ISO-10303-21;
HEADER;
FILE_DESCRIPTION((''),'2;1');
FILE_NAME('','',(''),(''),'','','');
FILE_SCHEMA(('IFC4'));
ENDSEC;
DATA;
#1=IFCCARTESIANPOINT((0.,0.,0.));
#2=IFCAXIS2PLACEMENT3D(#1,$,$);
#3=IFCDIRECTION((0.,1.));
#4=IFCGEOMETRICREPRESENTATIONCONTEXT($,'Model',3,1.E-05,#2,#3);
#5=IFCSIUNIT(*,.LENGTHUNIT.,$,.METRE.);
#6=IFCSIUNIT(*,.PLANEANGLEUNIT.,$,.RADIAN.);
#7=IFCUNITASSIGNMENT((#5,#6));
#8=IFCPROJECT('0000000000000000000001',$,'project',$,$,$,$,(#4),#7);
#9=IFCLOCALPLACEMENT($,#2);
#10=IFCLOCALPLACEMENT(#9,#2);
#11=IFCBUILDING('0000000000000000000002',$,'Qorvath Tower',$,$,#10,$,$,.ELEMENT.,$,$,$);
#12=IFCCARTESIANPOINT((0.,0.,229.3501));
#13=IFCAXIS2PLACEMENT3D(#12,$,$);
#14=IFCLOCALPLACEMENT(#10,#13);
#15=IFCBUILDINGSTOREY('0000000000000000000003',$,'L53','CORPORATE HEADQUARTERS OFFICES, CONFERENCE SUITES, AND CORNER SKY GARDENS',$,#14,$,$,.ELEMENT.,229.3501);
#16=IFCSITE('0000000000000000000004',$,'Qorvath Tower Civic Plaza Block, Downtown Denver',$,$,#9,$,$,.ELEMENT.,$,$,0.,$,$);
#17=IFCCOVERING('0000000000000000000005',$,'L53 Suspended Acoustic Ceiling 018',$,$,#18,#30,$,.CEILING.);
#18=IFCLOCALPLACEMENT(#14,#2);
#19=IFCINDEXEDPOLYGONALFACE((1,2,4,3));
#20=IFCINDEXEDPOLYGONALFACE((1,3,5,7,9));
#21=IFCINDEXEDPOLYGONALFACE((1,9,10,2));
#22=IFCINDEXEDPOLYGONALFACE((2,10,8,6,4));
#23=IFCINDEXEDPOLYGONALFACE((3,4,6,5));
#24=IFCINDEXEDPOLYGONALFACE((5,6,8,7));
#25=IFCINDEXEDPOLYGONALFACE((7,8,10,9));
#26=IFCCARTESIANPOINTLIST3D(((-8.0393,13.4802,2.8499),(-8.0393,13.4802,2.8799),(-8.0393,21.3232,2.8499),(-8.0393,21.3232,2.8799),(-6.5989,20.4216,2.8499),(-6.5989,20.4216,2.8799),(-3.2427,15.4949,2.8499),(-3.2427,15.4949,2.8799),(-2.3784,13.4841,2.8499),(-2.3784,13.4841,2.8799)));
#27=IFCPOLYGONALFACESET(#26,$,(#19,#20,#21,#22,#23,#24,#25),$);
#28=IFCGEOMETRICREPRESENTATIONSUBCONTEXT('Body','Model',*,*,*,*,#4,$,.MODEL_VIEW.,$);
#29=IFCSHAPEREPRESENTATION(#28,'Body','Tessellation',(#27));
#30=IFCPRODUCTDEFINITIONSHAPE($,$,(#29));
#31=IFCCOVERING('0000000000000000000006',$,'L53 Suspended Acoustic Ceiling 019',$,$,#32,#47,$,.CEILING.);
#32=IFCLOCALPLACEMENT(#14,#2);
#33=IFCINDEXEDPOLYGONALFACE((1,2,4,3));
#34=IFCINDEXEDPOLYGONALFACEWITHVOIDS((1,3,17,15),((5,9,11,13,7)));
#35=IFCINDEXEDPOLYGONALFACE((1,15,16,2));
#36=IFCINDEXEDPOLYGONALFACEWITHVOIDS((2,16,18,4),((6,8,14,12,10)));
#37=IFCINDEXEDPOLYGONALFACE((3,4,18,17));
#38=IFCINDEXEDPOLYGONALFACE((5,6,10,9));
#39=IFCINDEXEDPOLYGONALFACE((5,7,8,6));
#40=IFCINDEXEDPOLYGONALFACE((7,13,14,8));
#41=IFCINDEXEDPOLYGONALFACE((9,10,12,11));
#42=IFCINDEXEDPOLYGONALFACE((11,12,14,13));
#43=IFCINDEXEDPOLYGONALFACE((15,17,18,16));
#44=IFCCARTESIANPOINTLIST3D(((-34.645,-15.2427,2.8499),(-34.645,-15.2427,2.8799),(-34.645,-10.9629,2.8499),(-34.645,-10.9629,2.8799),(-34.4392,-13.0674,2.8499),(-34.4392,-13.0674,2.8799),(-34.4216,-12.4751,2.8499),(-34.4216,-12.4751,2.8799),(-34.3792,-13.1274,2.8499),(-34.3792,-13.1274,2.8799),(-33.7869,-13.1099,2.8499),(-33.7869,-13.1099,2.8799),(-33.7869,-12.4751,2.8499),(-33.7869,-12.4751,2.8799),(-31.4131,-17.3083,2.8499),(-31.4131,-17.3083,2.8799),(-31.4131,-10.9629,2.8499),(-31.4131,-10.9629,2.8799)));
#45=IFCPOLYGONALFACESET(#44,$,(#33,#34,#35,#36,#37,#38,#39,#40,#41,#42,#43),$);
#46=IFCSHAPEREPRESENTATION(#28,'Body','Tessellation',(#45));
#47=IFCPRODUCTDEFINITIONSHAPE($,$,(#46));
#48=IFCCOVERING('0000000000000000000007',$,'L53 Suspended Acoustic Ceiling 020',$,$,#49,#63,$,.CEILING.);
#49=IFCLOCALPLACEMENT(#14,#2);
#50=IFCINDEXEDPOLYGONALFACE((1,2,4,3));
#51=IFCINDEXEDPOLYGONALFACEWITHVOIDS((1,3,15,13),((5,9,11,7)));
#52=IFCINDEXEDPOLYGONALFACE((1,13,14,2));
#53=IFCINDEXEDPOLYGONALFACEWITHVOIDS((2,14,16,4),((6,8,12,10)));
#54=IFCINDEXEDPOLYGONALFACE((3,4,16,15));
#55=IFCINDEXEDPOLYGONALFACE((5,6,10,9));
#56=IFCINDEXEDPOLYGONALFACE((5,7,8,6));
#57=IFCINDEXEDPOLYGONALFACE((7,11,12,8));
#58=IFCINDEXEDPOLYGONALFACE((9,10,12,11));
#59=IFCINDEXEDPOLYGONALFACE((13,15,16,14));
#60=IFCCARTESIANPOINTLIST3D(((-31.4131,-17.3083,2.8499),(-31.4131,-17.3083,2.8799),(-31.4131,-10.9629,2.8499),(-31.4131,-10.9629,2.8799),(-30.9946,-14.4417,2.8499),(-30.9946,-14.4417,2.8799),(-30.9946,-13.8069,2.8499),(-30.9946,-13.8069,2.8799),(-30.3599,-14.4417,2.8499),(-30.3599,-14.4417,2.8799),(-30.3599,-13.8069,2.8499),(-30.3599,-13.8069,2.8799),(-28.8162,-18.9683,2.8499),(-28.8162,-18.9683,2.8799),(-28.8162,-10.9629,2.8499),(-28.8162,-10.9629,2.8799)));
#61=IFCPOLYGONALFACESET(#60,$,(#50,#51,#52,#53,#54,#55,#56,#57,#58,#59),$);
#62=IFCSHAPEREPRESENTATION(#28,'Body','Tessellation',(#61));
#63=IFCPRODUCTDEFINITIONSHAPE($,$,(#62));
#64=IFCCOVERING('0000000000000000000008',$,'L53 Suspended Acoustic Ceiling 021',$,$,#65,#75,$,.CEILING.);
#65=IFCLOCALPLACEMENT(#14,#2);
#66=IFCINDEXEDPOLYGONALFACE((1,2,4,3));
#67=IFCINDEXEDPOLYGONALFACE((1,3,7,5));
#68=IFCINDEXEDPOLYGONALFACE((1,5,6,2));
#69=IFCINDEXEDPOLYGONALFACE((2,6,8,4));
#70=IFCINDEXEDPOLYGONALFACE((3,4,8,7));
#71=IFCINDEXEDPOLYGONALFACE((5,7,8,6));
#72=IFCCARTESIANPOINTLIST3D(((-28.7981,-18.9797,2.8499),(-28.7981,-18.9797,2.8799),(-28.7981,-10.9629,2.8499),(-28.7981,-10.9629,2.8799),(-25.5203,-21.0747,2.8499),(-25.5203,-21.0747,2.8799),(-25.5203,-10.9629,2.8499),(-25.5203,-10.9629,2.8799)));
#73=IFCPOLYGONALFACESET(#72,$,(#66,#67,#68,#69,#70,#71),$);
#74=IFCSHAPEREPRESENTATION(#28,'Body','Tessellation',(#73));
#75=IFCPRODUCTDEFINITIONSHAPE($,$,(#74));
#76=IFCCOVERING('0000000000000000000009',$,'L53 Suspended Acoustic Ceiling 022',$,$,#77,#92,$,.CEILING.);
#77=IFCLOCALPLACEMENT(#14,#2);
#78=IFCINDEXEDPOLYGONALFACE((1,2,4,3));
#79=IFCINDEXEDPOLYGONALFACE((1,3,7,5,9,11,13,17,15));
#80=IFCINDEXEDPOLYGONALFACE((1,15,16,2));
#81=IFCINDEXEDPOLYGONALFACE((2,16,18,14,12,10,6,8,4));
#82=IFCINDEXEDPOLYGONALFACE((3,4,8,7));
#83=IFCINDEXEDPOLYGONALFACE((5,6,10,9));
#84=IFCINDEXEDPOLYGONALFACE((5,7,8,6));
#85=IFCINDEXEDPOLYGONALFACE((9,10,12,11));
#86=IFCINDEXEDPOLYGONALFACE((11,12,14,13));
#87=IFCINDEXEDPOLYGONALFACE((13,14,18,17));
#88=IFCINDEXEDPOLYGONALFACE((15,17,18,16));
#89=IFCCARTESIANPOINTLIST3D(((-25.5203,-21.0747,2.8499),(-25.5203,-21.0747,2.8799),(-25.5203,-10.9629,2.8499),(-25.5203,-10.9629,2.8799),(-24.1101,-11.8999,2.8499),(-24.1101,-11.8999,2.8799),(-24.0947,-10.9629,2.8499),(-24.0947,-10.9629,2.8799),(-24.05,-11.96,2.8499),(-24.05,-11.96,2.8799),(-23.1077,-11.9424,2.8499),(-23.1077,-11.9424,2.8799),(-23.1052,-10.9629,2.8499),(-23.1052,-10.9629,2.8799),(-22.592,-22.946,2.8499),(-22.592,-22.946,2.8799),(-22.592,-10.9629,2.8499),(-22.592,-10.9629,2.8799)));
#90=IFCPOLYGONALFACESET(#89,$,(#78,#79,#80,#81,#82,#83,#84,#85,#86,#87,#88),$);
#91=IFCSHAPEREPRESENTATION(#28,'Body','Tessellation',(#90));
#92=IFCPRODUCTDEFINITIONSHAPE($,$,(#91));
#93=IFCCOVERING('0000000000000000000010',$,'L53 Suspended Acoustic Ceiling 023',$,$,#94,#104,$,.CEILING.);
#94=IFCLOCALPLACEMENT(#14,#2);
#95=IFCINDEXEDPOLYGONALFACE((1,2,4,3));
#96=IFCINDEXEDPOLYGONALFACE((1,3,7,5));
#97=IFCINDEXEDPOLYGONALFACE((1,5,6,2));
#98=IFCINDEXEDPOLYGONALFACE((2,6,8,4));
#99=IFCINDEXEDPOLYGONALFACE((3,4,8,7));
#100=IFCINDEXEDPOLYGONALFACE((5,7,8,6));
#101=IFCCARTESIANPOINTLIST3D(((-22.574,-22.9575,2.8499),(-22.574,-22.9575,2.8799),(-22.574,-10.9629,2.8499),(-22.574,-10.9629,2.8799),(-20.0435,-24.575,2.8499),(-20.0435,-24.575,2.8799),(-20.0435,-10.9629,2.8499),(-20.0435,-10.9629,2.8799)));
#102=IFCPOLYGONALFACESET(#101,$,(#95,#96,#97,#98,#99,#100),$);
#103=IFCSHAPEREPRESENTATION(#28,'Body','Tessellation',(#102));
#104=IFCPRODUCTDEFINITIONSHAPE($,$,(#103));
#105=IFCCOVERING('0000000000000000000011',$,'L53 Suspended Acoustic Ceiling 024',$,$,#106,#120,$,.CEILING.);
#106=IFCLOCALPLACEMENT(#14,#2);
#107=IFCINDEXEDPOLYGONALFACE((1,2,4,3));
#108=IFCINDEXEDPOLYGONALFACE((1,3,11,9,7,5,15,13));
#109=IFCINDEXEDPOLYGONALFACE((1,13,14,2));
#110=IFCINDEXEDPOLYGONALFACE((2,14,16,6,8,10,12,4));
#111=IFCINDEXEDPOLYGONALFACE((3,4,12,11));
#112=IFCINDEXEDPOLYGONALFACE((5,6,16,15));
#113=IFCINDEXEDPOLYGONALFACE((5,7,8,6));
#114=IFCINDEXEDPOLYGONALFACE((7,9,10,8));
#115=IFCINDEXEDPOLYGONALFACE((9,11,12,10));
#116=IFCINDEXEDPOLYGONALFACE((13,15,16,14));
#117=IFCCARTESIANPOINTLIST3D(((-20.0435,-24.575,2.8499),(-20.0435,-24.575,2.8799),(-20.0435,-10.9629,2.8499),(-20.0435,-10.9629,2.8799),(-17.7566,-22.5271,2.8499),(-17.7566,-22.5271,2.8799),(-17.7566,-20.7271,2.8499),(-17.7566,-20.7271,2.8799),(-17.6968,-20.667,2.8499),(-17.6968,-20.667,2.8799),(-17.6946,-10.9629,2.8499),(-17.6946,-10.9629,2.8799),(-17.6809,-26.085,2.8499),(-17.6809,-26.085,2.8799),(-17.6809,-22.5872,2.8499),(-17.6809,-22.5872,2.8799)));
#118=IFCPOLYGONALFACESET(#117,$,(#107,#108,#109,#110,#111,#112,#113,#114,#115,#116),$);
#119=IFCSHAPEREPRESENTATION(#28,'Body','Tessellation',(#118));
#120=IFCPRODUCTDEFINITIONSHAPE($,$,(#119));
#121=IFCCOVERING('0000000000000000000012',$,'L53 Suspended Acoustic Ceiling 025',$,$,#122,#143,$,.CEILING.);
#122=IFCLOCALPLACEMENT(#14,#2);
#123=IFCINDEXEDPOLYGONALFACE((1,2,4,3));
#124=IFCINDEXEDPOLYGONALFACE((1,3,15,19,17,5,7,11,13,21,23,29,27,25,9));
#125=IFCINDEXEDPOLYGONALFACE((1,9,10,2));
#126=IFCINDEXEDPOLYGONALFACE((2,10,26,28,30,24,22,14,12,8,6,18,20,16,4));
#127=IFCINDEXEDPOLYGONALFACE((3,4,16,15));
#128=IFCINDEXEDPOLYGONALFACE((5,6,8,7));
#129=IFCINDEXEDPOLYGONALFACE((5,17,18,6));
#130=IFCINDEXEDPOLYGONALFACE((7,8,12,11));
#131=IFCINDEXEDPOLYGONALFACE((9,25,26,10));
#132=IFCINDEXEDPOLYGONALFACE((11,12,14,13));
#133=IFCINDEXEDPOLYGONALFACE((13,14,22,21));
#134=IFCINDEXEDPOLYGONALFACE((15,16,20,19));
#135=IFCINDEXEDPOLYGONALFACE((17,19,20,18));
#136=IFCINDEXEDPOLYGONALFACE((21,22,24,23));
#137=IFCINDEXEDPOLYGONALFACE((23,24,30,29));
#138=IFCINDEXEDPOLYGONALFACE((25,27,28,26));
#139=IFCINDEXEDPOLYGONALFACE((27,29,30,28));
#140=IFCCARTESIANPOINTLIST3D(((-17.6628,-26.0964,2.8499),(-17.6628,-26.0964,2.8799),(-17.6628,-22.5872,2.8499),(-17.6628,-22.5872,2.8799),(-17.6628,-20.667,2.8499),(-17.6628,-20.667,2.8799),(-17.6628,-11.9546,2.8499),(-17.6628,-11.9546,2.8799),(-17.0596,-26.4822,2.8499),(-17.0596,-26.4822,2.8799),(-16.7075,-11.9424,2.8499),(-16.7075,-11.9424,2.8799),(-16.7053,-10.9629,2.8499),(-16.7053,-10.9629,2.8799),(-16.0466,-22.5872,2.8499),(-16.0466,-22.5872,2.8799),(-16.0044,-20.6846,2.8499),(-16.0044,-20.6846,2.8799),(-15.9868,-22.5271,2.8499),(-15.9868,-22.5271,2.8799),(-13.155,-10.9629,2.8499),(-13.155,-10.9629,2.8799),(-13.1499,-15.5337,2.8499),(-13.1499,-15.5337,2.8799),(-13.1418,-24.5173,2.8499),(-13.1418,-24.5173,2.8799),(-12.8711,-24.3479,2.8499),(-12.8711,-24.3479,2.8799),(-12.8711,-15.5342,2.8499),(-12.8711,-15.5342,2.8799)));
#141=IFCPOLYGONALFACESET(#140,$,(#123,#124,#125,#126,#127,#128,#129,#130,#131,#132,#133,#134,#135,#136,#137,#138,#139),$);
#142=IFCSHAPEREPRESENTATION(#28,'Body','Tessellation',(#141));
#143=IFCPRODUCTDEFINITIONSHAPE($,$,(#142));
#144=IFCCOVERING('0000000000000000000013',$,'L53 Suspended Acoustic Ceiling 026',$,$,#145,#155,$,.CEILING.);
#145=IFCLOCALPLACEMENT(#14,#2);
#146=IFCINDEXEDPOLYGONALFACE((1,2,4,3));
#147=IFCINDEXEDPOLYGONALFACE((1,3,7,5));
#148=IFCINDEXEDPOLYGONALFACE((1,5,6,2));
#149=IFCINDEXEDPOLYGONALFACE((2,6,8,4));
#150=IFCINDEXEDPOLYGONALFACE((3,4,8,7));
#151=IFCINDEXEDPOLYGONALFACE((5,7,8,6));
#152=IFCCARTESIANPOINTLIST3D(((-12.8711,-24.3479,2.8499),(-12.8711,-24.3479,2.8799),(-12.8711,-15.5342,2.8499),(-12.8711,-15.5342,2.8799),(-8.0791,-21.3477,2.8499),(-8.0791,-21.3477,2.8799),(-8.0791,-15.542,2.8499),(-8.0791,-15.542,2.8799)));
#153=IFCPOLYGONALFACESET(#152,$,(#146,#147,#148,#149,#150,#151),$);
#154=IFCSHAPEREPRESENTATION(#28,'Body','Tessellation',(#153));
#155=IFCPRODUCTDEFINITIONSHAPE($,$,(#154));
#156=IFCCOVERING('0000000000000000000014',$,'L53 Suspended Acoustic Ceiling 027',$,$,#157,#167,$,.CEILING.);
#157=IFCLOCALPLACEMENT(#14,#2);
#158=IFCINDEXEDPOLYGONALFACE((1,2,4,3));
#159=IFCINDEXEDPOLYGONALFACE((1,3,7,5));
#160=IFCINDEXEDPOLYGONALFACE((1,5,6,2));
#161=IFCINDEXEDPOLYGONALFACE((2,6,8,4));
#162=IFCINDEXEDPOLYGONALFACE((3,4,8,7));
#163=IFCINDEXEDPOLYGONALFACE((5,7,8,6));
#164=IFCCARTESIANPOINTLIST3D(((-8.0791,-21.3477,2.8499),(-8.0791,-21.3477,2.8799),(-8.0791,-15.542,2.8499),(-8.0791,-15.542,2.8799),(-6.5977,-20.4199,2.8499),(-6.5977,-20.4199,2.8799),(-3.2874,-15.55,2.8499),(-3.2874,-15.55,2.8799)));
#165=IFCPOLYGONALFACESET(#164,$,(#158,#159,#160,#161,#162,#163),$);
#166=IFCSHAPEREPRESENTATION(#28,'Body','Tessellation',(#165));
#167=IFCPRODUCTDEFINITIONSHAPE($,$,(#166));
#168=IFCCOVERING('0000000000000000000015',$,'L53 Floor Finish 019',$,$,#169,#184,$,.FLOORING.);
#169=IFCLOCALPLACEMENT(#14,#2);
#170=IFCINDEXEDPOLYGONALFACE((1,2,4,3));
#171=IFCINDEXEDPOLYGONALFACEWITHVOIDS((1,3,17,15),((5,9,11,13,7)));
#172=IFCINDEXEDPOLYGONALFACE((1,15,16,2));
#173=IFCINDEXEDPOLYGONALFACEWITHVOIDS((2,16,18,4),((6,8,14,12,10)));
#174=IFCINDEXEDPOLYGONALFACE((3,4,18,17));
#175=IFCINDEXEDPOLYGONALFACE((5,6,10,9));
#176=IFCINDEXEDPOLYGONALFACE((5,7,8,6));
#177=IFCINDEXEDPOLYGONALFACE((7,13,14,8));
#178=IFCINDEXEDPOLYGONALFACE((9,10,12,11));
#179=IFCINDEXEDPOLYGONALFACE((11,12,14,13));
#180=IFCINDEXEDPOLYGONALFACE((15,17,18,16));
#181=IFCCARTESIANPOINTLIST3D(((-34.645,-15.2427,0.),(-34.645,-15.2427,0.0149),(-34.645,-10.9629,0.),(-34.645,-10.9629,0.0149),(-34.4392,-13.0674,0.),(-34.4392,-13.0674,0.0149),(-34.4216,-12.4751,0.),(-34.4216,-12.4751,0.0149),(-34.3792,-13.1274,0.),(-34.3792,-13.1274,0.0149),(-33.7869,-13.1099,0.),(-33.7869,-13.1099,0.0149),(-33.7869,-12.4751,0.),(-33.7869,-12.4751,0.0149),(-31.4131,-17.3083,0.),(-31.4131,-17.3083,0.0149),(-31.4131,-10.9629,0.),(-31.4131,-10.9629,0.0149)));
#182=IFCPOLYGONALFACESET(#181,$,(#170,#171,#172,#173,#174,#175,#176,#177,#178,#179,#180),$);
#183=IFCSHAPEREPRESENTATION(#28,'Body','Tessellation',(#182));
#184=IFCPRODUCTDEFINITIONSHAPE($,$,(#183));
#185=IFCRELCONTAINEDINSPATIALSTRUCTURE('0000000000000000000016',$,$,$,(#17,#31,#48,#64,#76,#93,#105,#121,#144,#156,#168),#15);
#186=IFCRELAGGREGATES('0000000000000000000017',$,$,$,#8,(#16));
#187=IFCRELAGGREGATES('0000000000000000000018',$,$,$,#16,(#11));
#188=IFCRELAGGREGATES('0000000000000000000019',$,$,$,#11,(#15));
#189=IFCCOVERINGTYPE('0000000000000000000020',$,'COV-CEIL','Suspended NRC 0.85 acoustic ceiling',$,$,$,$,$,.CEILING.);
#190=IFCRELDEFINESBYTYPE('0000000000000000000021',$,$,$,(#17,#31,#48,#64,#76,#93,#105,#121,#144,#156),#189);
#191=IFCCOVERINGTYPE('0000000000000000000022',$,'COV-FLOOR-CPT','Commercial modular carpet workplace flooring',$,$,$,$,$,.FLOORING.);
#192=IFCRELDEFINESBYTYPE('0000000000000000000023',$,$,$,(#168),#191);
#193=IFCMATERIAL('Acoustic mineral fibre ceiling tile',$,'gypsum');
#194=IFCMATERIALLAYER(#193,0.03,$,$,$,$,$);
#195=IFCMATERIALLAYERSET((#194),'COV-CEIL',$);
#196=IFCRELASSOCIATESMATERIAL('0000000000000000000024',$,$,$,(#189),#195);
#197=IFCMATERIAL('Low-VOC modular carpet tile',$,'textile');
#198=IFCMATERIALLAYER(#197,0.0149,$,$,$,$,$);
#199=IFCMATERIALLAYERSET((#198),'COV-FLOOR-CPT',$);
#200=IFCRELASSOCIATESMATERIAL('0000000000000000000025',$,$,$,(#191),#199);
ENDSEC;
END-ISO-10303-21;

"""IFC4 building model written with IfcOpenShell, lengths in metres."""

from ifc_helpers import new_model, si_unit, direction, frame, origin, place, context, subcontext, project, spatial, polyline, outline, extrude, material, layer, layer_set, type_object, element, save


model = new_model("IFC4")

# Units and contexts
model_context = context("Model", 3, precision=1e-05, world=origin(), true_north=direction((0.0, 1.0)))
body_context = subcontext(model_context, "Body", "Model", "MODEL_VIEW")
ifc_project = project(units=[si_unit("LENGTHUNIT", "METRE"), si_unit("PLANEANGLEUNIT", "RADIAN")], contexts=[model_context])

# Site, building, storey
site_placement = place(None, origin())
site = spatial("IfcSite", under=ifc_project, at=site_placement, Name="Qorvath Tower Civic Plaza Block, Downtown Denver", CompositionType="ELEMENT", RefElevation=0.0)
building_placement = place(site_placement, origin())
building = spatial("IfcBuilding", under=site, at=building_placement, Name="Qorvath Tower", CompositionType="ELEMENT")
storey_placement = place(building_placement, frame((0.0, 0.0, 229.3501)))
storey = spatial("IfcBuildingStorey", under=building, at=storey_placement, Name="L53", Description="CORPORATE HEADQUARTERS OFFICES, CONFERENCE SUITES, AND CORNER SKY GARDENS", CompositionType="ELEMENT", Elevation=229.3501)

# Coverings
ifc_material_1 = material(Name="Acoustic mineral fibre ceiling tile", Category="gypsum")
ifc_layer_1 = layer(ifc_material_1, 0.03)
ifc_layer_set_1 = layer_set([ifc_layer_1], Name="COV-CEIL")
covering_type_1 = type_object("IfcCoveringType", Name="COV-CEIL", Description="Suspended NRC 0.85 acoustic ceiling", PredefinedType="CEILING", material=ifc_layer_set_1)
covering_1_placement = place(storey_placement, frame((0.0, 0.0, 2.8499)))
element("IfcCovering", 1, at=covering_1_placement, inside=storey, type_object=covering_type_1, Name="L53 Suspended Acoustic Ceiling 018", PredefinedType="CEILING", context=body_context, shape_type="SweptSolid", body=[
    extrude(outline(polyline([(-6.5989, 20.4216), (-8.0393, 21.3232), (-8.0393, 13.4802), (-2.3784, 13.4841), (-3.2427, 15.4949), (-6.5989, 20.4216)])), origin(), (0.0, 0.0, 1.0), 0.03),
])
covering_2_placement = place(storey_placement, frame((0.0, 0.0, 2.8499)))
element("IfcCovering", 2, at=covering_2_placement, inside=storey, type_object=covering_type_1, Name="L53 Suspended Acoustic Ceiling 019", PredefinedType="CEILING", context=body_context, shape_type="SweptSolid", body=[
    extrude(outline(polyline([(-34.645, -10.9629), (-34.645, -15.2427), (-31.4131, -17.3083), (-31.4131, -10.9629), (-34.645, -10.9629)]), holes=[polyline([(-34.4392, -13.0674), (-34.4216, -12.4751), (-33.7869, -12.4751), (-33.7869, -13.1099), (-34.3792, -13.1274), (-34.4392, -13.0674)])]), origin(), (0.0, 0.0, 1.0), 0.03),
])
covering_3_placement = place(storey_placement, frame((0.0, 0.0, 2.8499)))
element("IfcCovering", 3, at=covering_3_placement, inside=storey, type_object=covering_type_1, Name="L53 Suspended Acoustic Ceiling 020", PredefinedType="CEILING", context=body_context, shape_type="SweptSolid", body=[
    extrude(outline(polyline([(-31.4131, -10.9629), (-31.4131, -17.3083), (-28.8162, -18.9683), (-28.8162, -10.9629), (-31.4131, -10.9629)]), holes=[polyline([(-30.9946, -14.4417), (-30.9946, -13.8069), (-30.3599, -13.8069), (-30.3599, -14.4417), (-30.9946, -14.4417)])]), origin(), (0.0, 0.0, 1.0), 0.03),
])
covering_4_placement = place(storey_placement, frame((0.0, 0.0, 2.8499)))
element("IfcCovering", 4, at=covering_4_placement, inside=storey, type_object=covering_type_1, Name="L53 Suspended Acoustic Ceiling 021", PredefinedType="CEILING", context=body_context, shape_type="SweptSolid", body=[
    extrude(outline(polyline([(-28.7981, -10.9629), (-28.7981, -18.9797), (-25.5203, -21.0747), (-25.5203, -10.9629), (-28.7981, -10.9629)])), origin(), (0.0, 0.0, 1.0), 0.03),
])
covering_5_placement = place(storey_placement, frame((0.0, 0.0, 2.8499)))
element("IfcCovering", 5, at=covering_5_placement, inside=storey, type_object=covering_type_1, Name="L53 Suspended Acoustic Ceiling 022", PredefinedType="CEILING", context=body_context, shape_type="SweptSolid", body=[
    extrude(outline(polyline([(-25.5203, -10.9629), (-25.5203, -21.0747), (-22.592, -22.946), (-22.592, -10.9629), (-23.1052, -10.9629), (-23.1077, -11.9424), (-24.05, -11.96), (-24.1101, -11.8999), (-24.0947, -10.9629), (-25.5203, -10.9629)])), origin(), (0.0, 0.0, 1.0), 0.03),
])
covering_6_placement = place(storey_placement, frame((0.0, 0.0, 2.8499)))
element("IfcCovering", 6, at=covering_6_placement, inside=storey, type_object=covering_type_1, Name="L53 Suspended Acoustic Ceiling 023", PredefinedType="CEILING", context=body_context, shape_type="SweptSolid", body=[
    extrude(outline(polyline([(-20.0435, -24.575), (-20.0435, -10.9629), (-22.574, -10.9629), (-22.574, -22.9575), (-20.0435, -24.575)])), origin(), (0.0, 0.0, 1.0), 0.03),
])
covering_7_placement = place(storey_placement, frame((0.0, 0.0, 2.8499)))
element("IfcCovering", 7, at=covering_7_placement, inside=storey, type_object=covering_type_1, Name="L53 Suspended Acoustic Ceiling 024", PredefinedType="CEILING", context=body_context, shape_type="SweptSolid", body=[
    extrude(outline(polyline([(-17.6968, -20.667), (-17.6946, -10.9629), (-20.0435, -10.9629), (-20.0435, -24.575), (-17.6809, -26.085), (-17.6809, -22.5872), (-17.7566, -22.5271), (-17.7566, -20.7271), (-17.6968, -20.667)])), origin(), (0.0, 0.0, 1.0), 0.03),
])
covering_8_placement = place(storey_placement, frame((0.0, 0.0, 2.8499)))
element("IfcCovering", 8, at=covering_8_placement, inside=storey, type_object=covering_type_1, Name="L53 Suspended Acoustic Ceiling 025", PredefinedType="CEILING", context=body_context, shape_type="SweptSolid", body=[
    extrude(outline(polyline([(-17.6628, -26.0964), (-17.0596, -26.4822), (-13.1418, -24.5173), (-12.8711, -24.3479), (-12.8711, -15.5342), (-13.1499, -15.5337), (-13.155, -10.9629), (-16.7053, -10.9629), (-16.7075, -11.9424), (-17.6628, -11.9546), (-17.6628, -20.667), (-16.0044, -20.6846), (-15.9868, -22.5271), (-16.0466, -22.5872), (-17.6628, -22.5872), (-17.6628, -26.0964)])), origin(), (0.0, 0.0, 1.0), 0.03),
])
covering_9_placement = place(storey_placement, frame((0.0, 0.0, 2.8499)))
element("IfcCovering", 9, at=covering_9_placement, inside=storey, type_object=covering_type_1, Name="L53 Suspended Acoustic Ceiling 026", PredefinedType="CEILING", context=body_context, shape_type="SweptSolid", body=[
    extrude(outline(polyline([(-12.8711, -15.5342), (-12.8711, -24.3479), (-8.0791, -21.3477), (-8.0791, -15.542), (-12.8711, -15.5342)])), origin(), (0.0, 0.0, 1.0), 0.03),
])
covering_10_placement = place(storey_placement, frame((0.0, 0.0, 2.8499)))
element("IfcCovering", 10, at=covering_10_placement, inside=storey, type_object=covering_type_1, Name="L53 Suspended Acoustic Ceiling 027", PredefinedType="CEILING", context=body_context, shape_type="SweptSolid", body=[
    extrude(outline(polyline([(-8.0791, -15.542), (-8.0791, -21.3477), (-6.5977, -20.4199), (-3.2874, -15.55), (-8.0791, -15.542)])), origin(), (0.0, 0.0, 1.0), 0.03),
])
ifc_material_2 = material(Name="Low-VOC modular carpet tile", Category="textile")
ifc_layer_2 = layer(ifc_material_2, 0.0149)
ifc_layer_set_2 = layer_set([ifc_layer_2], Name="COV-FLOOR-CPT")
covering_type_2 = type_object("IfcCoveringType", Name="COV-FLOOR-CPT", Description="Commercial modular carpet workplace flooring", PredefinedType="FLOORING", material=ifc_layer_set_2)
covering_11_placement = place(storey_placement, origin())
element("IfcCovering", 11, at=covering_11_placement, inside=storey, type_object=covering_type_2, Name="L53 Floor Finish 019", PredefinedType="FLOORING", context=body_context, shape_type="SweptSolid", body=[
    extrude(outline(polyline([(-34.645, -10.9629), (-34.645, -15.2427), (-31.4131, -17.3083), (-31.4131, -10.9629), (-34.645, -10.9629)]), holes=[polyline([(-34.4392, -13.0674), (-34.4216, -12.4751), (-33.7869, -12.4751), (-33.7869, -13.1099), (-34.3792, -13.1274), (-34.4392, -13.0674)])]), origin(), (0.0, 0.0, 1.0), 0.0149),
])

save(model, "model.ifc")
